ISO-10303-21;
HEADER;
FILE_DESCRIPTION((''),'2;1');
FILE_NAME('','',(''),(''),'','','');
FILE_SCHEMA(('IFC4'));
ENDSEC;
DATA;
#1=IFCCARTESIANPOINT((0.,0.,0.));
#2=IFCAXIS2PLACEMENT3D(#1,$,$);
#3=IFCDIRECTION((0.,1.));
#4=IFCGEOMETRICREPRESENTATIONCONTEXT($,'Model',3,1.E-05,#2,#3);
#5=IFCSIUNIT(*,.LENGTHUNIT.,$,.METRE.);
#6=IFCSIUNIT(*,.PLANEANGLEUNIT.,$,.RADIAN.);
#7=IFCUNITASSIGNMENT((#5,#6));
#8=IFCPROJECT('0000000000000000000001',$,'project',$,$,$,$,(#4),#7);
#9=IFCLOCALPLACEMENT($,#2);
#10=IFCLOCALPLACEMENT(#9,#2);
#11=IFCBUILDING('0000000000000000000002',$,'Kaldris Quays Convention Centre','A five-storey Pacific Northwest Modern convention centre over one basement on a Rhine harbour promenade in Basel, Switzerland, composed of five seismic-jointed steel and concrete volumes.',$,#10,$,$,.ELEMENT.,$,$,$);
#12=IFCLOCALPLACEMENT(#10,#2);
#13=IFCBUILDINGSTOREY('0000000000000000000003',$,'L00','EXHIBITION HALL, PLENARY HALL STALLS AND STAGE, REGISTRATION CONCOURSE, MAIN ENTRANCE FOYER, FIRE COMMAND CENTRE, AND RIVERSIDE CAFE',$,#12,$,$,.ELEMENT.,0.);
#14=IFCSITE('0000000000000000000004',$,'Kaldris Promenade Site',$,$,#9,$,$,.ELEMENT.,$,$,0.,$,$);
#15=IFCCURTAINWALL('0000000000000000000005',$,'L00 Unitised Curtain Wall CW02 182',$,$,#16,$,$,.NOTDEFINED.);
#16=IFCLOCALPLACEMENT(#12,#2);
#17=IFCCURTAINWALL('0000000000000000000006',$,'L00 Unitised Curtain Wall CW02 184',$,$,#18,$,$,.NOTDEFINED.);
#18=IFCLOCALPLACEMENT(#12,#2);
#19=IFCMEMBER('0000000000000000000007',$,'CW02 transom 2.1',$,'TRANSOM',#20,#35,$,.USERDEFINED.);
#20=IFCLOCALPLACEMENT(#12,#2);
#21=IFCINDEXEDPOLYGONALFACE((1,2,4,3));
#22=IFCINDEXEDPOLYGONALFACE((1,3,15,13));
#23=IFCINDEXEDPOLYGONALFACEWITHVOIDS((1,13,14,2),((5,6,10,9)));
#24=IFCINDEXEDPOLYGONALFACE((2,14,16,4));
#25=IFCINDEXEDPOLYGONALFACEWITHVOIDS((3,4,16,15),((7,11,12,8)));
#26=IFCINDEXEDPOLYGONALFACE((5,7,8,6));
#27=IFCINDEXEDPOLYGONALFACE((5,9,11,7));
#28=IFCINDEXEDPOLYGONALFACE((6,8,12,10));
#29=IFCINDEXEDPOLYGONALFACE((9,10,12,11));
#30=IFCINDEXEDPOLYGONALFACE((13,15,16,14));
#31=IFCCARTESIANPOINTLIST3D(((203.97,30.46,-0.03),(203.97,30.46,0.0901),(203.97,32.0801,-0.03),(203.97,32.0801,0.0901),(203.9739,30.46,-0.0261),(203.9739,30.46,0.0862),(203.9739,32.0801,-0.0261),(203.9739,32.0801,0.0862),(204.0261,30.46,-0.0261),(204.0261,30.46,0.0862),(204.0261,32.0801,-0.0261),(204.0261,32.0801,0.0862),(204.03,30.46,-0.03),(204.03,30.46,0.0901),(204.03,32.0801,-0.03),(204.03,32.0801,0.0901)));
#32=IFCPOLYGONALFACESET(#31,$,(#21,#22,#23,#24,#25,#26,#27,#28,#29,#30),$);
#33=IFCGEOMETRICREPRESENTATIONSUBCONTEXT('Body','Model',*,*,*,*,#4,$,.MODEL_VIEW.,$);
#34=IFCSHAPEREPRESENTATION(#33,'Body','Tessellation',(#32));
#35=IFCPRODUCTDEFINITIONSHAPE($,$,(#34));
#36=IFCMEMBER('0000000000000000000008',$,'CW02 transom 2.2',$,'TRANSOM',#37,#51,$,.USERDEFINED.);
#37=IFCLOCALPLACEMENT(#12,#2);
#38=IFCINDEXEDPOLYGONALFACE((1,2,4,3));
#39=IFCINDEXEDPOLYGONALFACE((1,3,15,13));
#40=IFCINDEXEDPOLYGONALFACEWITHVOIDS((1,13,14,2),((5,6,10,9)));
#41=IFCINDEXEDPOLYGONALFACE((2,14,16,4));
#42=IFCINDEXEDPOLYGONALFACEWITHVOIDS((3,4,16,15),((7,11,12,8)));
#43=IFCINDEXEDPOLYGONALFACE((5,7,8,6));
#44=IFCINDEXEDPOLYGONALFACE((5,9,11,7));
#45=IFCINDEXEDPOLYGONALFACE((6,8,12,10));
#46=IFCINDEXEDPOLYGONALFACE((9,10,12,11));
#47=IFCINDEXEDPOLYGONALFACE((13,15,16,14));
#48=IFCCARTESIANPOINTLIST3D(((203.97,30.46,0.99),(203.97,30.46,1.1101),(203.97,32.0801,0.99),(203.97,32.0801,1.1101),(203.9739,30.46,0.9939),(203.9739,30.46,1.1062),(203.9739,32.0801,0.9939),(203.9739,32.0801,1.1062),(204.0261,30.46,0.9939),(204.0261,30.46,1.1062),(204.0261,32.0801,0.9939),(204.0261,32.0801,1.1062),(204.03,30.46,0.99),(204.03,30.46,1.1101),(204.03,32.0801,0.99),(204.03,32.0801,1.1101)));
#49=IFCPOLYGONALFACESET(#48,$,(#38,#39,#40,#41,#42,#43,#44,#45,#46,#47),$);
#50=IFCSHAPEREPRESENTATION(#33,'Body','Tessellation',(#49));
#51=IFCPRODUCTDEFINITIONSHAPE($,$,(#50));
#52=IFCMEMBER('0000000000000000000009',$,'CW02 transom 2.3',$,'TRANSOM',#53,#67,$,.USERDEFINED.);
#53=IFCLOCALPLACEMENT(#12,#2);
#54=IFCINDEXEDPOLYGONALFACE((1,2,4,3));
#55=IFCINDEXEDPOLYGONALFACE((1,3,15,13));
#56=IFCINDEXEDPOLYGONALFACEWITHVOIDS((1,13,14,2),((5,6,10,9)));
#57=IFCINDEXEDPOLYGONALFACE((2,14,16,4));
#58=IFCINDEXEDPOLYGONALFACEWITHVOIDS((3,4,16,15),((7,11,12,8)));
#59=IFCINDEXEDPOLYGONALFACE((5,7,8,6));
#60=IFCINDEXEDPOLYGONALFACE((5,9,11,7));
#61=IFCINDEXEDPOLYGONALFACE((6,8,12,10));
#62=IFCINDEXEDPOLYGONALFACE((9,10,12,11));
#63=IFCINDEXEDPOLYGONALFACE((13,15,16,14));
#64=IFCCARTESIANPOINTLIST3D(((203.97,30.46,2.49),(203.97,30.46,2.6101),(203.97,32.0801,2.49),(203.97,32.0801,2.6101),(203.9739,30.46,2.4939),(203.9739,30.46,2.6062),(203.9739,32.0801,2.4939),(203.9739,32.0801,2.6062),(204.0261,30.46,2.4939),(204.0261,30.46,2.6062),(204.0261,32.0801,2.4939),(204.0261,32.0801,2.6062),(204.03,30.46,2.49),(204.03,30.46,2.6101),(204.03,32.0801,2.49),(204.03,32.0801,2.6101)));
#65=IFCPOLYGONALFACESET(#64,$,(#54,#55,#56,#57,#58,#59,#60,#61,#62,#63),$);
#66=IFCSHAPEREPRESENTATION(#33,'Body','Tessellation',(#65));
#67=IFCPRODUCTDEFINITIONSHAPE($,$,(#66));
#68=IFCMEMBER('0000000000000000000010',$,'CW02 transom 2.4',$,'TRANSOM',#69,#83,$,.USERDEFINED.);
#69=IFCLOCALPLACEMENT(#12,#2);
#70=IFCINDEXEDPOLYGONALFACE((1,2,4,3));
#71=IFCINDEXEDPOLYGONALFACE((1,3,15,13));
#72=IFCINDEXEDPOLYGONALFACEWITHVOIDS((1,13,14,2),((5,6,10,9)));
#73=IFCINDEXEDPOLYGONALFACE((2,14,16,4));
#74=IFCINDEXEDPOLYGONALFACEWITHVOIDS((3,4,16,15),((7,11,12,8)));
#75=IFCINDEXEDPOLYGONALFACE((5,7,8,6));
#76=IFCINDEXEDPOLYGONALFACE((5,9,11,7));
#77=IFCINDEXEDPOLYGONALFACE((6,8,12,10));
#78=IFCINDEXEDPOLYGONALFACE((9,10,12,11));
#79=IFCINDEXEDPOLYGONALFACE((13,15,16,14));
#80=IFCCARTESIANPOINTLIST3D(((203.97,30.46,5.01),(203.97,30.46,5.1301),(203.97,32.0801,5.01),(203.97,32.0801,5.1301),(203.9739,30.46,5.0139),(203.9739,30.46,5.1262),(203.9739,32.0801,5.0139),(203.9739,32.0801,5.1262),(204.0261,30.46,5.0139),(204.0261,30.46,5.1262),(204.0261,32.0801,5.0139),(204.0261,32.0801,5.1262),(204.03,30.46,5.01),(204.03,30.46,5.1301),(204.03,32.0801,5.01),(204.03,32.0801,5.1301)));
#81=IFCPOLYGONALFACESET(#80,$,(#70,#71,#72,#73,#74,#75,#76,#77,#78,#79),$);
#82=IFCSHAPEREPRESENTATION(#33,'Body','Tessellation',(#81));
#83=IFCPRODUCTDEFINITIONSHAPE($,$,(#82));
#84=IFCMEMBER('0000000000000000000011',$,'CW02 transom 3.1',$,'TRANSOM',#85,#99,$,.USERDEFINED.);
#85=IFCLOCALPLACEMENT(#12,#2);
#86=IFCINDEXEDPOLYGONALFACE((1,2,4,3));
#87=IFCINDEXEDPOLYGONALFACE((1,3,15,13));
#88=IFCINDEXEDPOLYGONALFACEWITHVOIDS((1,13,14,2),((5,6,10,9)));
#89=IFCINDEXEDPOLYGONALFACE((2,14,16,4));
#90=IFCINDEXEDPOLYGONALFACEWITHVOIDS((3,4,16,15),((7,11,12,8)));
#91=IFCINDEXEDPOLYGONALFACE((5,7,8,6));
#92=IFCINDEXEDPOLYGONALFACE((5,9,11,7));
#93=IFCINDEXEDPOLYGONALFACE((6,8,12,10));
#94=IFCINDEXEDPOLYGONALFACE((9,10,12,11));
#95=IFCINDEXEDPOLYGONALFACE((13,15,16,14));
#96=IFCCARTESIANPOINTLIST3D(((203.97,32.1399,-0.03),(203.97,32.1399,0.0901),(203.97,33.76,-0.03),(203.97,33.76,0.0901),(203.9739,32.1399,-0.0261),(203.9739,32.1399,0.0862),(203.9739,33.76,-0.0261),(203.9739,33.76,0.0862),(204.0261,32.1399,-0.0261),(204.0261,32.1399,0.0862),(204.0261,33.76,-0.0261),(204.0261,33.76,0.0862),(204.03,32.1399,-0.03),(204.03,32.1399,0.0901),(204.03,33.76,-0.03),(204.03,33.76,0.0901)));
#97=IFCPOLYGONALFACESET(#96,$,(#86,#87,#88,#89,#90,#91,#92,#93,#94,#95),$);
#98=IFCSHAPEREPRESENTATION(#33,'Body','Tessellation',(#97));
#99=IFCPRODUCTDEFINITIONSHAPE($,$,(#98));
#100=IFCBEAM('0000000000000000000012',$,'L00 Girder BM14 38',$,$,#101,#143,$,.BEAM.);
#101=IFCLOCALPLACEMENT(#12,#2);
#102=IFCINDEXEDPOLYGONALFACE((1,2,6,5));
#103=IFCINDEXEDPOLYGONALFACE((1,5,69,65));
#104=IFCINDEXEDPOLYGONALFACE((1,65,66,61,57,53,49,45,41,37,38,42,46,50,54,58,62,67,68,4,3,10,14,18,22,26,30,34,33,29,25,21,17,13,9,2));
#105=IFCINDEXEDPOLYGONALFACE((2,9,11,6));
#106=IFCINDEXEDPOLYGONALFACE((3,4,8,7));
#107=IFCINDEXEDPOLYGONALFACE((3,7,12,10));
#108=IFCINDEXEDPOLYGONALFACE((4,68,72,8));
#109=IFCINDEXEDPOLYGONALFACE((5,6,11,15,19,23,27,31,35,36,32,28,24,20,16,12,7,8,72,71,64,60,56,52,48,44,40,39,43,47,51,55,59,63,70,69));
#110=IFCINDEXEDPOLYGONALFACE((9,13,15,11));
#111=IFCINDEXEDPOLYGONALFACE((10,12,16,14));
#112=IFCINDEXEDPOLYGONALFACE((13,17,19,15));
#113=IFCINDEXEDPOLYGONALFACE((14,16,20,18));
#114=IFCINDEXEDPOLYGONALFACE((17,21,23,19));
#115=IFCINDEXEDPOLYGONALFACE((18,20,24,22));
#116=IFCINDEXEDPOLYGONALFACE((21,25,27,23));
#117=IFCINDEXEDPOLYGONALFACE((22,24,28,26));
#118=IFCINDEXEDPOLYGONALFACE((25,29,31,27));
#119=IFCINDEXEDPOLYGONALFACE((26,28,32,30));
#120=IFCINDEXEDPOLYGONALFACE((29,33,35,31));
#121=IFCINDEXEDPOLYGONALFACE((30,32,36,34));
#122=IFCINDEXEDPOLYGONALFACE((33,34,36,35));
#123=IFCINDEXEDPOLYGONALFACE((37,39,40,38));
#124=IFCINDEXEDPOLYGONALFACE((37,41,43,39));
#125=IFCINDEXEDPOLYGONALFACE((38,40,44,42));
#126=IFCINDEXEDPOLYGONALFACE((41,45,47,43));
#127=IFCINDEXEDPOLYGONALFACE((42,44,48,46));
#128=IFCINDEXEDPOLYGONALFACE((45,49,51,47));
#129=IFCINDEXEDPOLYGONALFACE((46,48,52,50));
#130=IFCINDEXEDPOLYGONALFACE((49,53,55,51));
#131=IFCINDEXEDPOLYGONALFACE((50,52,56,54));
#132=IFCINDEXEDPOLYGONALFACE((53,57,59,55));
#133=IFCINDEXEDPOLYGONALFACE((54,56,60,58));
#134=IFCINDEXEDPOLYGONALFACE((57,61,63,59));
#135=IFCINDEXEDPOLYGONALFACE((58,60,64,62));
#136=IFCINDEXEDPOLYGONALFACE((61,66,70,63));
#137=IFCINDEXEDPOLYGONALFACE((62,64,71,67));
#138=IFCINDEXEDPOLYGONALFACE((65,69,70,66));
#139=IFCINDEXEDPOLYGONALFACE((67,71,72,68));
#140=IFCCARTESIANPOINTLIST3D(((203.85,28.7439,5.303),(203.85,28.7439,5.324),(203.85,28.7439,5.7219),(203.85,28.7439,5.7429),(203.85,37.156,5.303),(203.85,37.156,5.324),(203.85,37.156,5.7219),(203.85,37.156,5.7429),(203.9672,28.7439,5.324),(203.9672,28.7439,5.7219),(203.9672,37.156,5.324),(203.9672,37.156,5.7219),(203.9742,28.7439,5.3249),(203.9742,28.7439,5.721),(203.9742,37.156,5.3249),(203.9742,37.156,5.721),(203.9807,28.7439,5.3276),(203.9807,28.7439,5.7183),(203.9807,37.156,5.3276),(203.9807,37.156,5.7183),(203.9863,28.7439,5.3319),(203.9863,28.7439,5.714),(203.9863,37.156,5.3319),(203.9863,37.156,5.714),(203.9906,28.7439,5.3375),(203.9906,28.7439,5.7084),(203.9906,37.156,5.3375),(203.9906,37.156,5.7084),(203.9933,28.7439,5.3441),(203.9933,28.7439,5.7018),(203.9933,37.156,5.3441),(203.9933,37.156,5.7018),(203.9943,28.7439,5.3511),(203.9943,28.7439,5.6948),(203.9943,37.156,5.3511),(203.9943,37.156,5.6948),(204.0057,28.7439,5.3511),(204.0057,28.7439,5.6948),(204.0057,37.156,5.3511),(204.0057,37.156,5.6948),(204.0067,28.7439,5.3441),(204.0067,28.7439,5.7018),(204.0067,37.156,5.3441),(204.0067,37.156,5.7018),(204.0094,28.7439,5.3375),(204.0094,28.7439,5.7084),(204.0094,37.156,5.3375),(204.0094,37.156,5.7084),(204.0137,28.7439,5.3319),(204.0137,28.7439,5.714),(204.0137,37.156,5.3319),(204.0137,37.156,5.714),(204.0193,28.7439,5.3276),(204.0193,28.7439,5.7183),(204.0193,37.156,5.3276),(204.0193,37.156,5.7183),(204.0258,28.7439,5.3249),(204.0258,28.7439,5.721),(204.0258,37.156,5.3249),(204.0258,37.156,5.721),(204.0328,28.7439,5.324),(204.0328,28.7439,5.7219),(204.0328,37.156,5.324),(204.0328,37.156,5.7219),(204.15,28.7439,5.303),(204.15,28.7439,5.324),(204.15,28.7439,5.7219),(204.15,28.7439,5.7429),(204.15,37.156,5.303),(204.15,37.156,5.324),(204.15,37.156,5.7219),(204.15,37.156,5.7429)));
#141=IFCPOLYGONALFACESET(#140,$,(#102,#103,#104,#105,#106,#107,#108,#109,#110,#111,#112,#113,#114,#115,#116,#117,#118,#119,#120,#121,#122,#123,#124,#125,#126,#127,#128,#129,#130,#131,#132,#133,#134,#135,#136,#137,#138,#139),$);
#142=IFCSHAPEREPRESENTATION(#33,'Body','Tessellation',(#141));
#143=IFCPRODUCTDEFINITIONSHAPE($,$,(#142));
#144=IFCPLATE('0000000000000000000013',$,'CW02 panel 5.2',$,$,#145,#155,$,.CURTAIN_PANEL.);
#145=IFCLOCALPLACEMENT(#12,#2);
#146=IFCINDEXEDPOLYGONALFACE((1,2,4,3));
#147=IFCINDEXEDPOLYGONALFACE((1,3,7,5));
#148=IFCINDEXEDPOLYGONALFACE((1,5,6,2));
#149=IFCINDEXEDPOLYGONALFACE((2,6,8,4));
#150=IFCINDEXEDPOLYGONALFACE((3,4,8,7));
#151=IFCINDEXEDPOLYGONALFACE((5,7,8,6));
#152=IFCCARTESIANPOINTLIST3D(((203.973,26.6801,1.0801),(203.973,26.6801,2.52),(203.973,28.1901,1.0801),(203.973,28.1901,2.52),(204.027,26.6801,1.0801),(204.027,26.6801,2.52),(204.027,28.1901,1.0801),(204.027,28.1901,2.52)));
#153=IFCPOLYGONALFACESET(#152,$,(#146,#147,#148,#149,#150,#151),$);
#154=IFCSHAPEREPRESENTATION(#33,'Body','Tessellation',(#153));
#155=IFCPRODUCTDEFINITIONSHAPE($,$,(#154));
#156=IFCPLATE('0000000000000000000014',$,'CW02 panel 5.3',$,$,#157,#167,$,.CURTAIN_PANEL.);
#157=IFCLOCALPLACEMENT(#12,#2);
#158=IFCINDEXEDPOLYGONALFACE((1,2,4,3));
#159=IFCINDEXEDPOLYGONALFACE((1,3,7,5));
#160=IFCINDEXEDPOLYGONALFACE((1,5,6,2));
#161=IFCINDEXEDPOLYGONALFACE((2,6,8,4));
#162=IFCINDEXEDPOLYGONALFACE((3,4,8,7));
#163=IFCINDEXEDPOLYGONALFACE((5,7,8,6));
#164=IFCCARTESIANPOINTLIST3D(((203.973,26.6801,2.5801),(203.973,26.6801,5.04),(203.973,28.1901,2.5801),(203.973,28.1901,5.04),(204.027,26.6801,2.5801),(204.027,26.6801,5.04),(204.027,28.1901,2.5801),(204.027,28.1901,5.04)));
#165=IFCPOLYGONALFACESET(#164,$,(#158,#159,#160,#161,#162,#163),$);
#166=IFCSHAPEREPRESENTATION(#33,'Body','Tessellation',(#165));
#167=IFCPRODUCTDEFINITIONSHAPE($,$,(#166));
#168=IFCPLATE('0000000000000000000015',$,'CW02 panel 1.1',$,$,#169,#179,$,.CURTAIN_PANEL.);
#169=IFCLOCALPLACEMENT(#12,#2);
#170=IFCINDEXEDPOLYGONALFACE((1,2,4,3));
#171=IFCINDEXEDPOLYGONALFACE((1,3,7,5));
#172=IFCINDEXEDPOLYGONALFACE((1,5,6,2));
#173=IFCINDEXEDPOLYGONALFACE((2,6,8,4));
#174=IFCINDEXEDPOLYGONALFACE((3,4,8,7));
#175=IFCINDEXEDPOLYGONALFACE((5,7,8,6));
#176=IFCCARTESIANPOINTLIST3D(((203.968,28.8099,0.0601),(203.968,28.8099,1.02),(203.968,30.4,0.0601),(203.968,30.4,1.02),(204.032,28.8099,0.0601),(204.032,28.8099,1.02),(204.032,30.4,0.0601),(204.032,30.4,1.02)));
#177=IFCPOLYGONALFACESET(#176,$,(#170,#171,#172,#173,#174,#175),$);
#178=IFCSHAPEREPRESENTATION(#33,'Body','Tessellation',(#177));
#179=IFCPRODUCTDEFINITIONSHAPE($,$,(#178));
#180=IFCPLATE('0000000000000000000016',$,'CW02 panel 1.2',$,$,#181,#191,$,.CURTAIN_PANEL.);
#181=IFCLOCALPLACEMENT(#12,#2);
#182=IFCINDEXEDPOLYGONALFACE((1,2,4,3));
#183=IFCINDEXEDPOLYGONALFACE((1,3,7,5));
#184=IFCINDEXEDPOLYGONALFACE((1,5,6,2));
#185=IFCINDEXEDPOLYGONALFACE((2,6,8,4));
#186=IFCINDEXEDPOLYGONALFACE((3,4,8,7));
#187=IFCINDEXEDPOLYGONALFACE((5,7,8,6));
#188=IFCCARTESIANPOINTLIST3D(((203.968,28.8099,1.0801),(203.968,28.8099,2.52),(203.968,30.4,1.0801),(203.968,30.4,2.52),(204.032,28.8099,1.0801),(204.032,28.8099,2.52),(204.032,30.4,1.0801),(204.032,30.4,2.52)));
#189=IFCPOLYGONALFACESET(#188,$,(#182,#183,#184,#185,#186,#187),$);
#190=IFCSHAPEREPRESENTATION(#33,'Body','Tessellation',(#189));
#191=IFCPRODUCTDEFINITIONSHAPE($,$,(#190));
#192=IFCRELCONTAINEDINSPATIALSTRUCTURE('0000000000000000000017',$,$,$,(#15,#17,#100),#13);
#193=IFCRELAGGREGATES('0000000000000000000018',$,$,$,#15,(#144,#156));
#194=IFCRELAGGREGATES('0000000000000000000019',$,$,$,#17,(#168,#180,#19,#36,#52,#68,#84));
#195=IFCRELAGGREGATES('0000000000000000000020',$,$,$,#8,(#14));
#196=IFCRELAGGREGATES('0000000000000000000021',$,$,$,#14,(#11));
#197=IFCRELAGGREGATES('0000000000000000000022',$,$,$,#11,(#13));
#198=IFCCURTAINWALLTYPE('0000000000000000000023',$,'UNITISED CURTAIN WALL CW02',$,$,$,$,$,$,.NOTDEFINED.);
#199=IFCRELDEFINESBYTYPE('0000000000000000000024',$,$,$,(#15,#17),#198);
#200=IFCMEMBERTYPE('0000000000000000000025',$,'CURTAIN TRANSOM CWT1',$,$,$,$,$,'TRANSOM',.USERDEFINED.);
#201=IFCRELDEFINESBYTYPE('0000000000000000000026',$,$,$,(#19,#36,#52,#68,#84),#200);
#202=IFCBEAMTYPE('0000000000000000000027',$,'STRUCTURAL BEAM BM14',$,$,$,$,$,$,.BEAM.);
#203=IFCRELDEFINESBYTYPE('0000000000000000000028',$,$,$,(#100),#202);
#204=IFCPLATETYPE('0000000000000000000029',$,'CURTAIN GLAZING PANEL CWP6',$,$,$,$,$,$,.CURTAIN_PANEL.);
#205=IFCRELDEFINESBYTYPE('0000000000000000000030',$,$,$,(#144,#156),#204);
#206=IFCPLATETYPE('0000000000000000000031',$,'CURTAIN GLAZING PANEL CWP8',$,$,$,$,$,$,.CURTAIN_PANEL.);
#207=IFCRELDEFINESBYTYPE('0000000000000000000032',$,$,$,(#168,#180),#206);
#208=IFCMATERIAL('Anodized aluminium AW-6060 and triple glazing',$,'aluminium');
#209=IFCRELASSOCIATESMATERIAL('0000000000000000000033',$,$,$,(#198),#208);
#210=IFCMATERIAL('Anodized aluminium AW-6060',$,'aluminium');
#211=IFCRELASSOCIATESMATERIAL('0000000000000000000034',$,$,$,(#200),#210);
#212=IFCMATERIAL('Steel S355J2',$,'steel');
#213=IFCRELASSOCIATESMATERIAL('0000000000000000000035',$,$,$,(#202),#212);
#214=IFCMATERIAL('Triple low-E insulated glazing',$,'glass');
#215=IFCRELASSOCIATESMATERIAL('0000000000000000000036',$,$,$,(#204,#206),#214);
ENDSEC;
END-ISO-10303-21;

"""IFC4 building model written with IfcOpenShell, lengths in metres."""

from ifc_helpers import new_model, si_unit, direction, frame, origin, origin_2d, place, context, subcontext, project, spatial, rectangle, hollow_rectangle, i_section, extrude, material, material_profile, profile_set, type_object, element, aggregate, save


model = new_model("IFC4")

# Units and contexts
model_context = context("Model", 3, precision=1e-05, world=origin(), true_north=direction((0.0, 1.0)))
body_context = subcontext(model_context, "Body", "Model", "MODEL_VIEW")
ifc_project = project(units=[si_unit("LENGTHUNIT", "METRE"), si_unit("PLANEANGLEUNIT", "RADIAN")], contexts=[model_context])

# Site, building, storey
site_placement = place(None, origin())
site = spatial("IfcSite", under=ifc_project, at=site_placement, Name="Kaldris Promenade Site", CompositionType="ELEMENT", RefElevation=0.0)
building_placement = place(site_placement, origin())
building = spatial("IfcBuilding", under=site, at=building_placement, Name="Kaldris Quays Convention Centre", Description="A five-storey Pacific Northwest Modern convention centre over one basement on a Rhine harbour promenade in Basel, Switzerland, composed of five seismic-jointed steel and concrete volumes.", CompositionType="ELEMENT")
storey_placement = place(building_placement, origin())
storey = spatial("IfcBuildingStorey", under=building, at=storey_placement, Name="L00", Description="EXHIBITION HALL, PLENARY HALL STALLS AND STAGE, REGISTRATION CONCOURSE, MAIN ENTRANCE FOYER, FIRE COMMAND CENTRE, AND RIVERSIDE CAFE", CompositionType="ELEMENT", Elevation=0.0)

# Shared definitions
ifc_material_1 = material(Name="Steel S355J2", Category="steel")

# Curtain wall
ifc_material_2 = material(Name="Anodized aluminium AW-6060 and triple glazing", Category="aluminium")
curtain_wall_type = type_object("IfcCurtainWallType", Name="UNITISED CURTAIN WALL CW02", PredefinedType="NOTDEFINED", material=ifc_material_2)
curtain_wall_1_placement = place(storey_placement, origin())
curtain_wall_1 = element("IfcCurtainWall", 1, at=curtain_wall_1_placement, inside=storey, type_object=curtain_wall_type, Name="L00 Unitised Curtain Wall CW02 182", PredefinedType="NOTDEFINED")
ifc_material_3 = material(Name="Anodized aluminium AW-6060", Category="aluminium")

# Curtain wall, members
curtain_wall_2_placement = place(storey_placement, origin())
curtain_wall_2 = element("IfcCurtainWall", 2, at=curtain_wall_2_placement, inside=storey, type_object=curtain_wall_type, Name="L00 Unitised Curtain Wall CW02 184", PredefinedType="NOTDEFINED")
ifc_material_profile_1 = material_profile(ifc_material_3, hollow_rectangle(XDim=0.0601, YDim=0.1201, WallThickness=0.0039, at=origin_2d()), Name="RHS 120x60x4")
ifc_profile_set_1 = profile_set([ifc_material_profile_1], Name="Anodized aluminium AW-6060")
member_type_1 = type_object("IfcMemberType", Name="CURTAIN TRANSOM CWT1", ElementType="TRANSOM", PredefinedType="USERDEFINED", material=ifc_profile_set_1)
member_1_placement = place(storey_placement, frame((204.0, 30.46, 0.03), z_axis=(0.0, 1.0, 0.0), x_axis=(-1.0, 0.0, 0.0)))
member_1 = element("IfcMember", 3, at=member_1_placement, type_object=member_type_1, Name="CW02 transom 2.1", ObjectType="TRANSOM", PredefinedType="USERDEFINED", context=body_context, shape_type="SweptSolid", body=[
    extrude(hollow_rectangle(XDim=0.0601, YDim=0.1201, WallThickness=0.0039, at=origin_2d()), origin(), (0.0, 0.0, 1.0), 1.6201),
])
member_2_placement = place(storey_placement, frame((204.0, 30.46, 1.05), z_axis=(0.0, 1.0, 0.0), x_axis=(-1.0, 0.0, 0.0)))
member_2 = element("IfcMember", 4, at=member_2_placement, type_object=member_type_1, Name="CW02 transom 2.2", ObjectType="TRANSOM", PredefinedType="USERDEFINED", context=body_context, shape_type="SweptSolid", body=[
    extrude(hollow_rectangle(XDim=0.0601, YDim=0.1201, WallThickness=0.0039, at=origin_2d()), origin(), (0.0, 0.0, 1.0), 1.6201),
])
member_3_placement = place(storey_placement, frame((204.0, 30.46, 2.55), z_axis=(0.0, 1.0, 0.0), x_axis=(-1.0, 0.0, 0.0)))
member_3 = element("IfcMember", 5, at=member_3_placement, type_object=member_type_1, Name="CW02 transom 2.3", ObjectType="TRANSOM", PredefinedType="USERDEFINED", context=body_context, shape_type="SweptSolid", body=[
    extrude(hollow_rectangle(XDim=0.0601, YDim=0.1201, WallThickness=0.0039, at=origin_2d()), origin(), (0.0, 0.0, 1.0), 1.6201),
])
member_4_placement = place(storey_placement, frame((204.0, 30.46, 5.0701), z_axis=(0.0, 1.0, 0.0), x_axis=(-1.0, 0.0, 0.0)))
member_4 = element("IfcMember", 6, at=member_4_placement, type_object=member_type_1, Name="CW02 transom 2.4", ObjectType="TRANSOM", PredefinedType="USERDEFINED", context=body_context, shape_type="SweptSolid", body=[
    extrude(hollow_rectangle(XDim=0.0601, YDim=0.1201, WallThickness=0.0039, at=origin_2d()), origin(), (0.0, 0.0, 1.0), 1.6201),
])
member_5_placement = place(storey_placement, frame((204.0, 32.1399, 0.03), z_axis=(0.0, 1.0, 0.0), x_axis=(-1.0, 0.0, 0.0)))
member_5 = element("IfcMember", 7, at=member_5_placement, type_object=member_type_1, Name="CW02 transom 3.1", ObjectType="TRANSOM", PredefinedType="USERDEFINED", context=body_context, shape_type="SweptSolid", body=[
    extrude(hollow_rectangle(XDim=0.0601, YDim=0.1201, WallThickness=0.0039, at=origin_2d()), origin(), (0.0, 0.0, 1.0), 1.6201),
])

# Beam
ifc_material_profile_2 = material_profile(ifc_material_1, i_section(OverallWidth=0.3, OverallDepth=0.4399, WebThickness=0.0115, FlangeThickness=0.021, FilletRadius=0.0271, at=origin_2d()), Name="HEA 450")
ifc_profile_set_2 = profile_set([ifc_material_profile_2], Name="Steel S355J2")
beam_type = type_object("IfcBeamType", Name="STRUCTURAL BEAM BM14", PredefinedType="BEAM", material=ifc_profile_set_2)
beam_placement = place(storey_placement, frame((204.0, 28.7439, 5.5229), z_axis=(0.0, 1.0, 0.0), x_axis=(-1.0, 0.0, 0.0)))
element("IfcBeam", 8, at=beam_placement, inside=storey, type_object=beam_type, Name="L00 Girder BM14 38", PredefinedType="BEAM", context=body_context, shape_type="SweptSolid", body=[
    extrude(i_section(OverallWidth=0.3, OverallDepth=0.4399, WebThickness=0.0115, FlangeThickness=0.021, FilletRadius=0.0271, at=origin_2d()), origin(), (0.0, 0.0, 1.0), 8.4121),
])

# Plates
ifc_material_4 = material(Name="Triple low-E insulated glazing", Category="glass")
plate_type_1 = type_object("IfcPlateType", Name="CURTAIN GLAZING PANEL CWP6", PredefinedType="CURTAIN_PANEL", material=ifc_material_4)
plate_1_placement = place(storey_placement, frame((204.0, 27.4351, 1.0801), z_axis=(0.0, 0.0, 1.0), x_axis=(0.0, 1.0, 0.0)))
plate_1 = element("IfcPlate", 9, at=plate_1_placement, type_object=plate_type_1, Name="CW02 panel 5.2", PredefinedType="CURTAIN_PANEL", context=body_context, shape_type="SweptSolid", body=[
    extrude(rectangle(XDim=1.51, YDim=0.054, at=origin_2d()), origin(), (0.0, 0.0, 1.0), 1.4399),
])
plate_2_placement = place(storey_placement, frame((204.0, 27.4351, 2.5801), z_axis=(0.0, 0.0, 1.0), x_axis=(0.0, 1.0, 0.0)))
plate_2 = element("IfcPlate", 10, at=plate_2_placement, type_object=plate_type_1, Name="CW02 panel 5.3", PredefinedType="CURTAIN_PANEL", context=body_context, shape_type="SweptSolid", body=[
    extrude(rectangle(XDim=1.51, YDim=0.054, at=origin_2d()), origin(), (0.0, 0.0, 1.0), 2.46),
])
aggregate(curtain_wall_1, [plate_1, plate_2])
plate_type_2 = type_object("IfcPlateType", Name="CURTAIN GLAZING PANEL CWP8", PredefinedType="CURTAIN_PANEL", material=ifc_material_4)
plate_3_placement = place(storey_placement, frame((204.0, 29.605, 0.0601), z_axis=(0.0, 0.0, 1.0), x_axis=(0.0, 1.0, 0.0)))
plate_3 = element("IfcPlate", 11, at=plate_3_placement, type_object=plate_type_2, Name="CW02 panel 1.1", PredefinedType="CURTAIN_PANEL", context=body_context, shape_type="SweptSolid", body=[
    extrude(rectangle(XDim=1.5901, YDim=0.064, at=origin_2d()), origin(), (0.0, 0.0, 1.0), 0.96),
])
plate_4_placement = place(storey_placement, frame((204.0, 29.605, 1.0801), z_axis=(0.0, 0.0, 1.0), x_axis=(0.0, 1.0, 0.0)))
plate_4 = element("IfcPlate", 12, at=plate_4_placement, type_object=plate_type_2, Name="CW02 panel 1.2", PredefinedType="CURTAIN_PANEL", context=body_context, shape_type="SweptSolid", body=[
    extrude(rectangle(XDim=1.5901, YDim=0.064, at=origin_2d()), origin(), (0.0, 0.0, 1.0), 1.4399),
])
aggregate(curtain_wall_2, [plate_3, plate_4, member_1, member_2, member_3, member_4, member_5])

save(model, "model.ifc")
